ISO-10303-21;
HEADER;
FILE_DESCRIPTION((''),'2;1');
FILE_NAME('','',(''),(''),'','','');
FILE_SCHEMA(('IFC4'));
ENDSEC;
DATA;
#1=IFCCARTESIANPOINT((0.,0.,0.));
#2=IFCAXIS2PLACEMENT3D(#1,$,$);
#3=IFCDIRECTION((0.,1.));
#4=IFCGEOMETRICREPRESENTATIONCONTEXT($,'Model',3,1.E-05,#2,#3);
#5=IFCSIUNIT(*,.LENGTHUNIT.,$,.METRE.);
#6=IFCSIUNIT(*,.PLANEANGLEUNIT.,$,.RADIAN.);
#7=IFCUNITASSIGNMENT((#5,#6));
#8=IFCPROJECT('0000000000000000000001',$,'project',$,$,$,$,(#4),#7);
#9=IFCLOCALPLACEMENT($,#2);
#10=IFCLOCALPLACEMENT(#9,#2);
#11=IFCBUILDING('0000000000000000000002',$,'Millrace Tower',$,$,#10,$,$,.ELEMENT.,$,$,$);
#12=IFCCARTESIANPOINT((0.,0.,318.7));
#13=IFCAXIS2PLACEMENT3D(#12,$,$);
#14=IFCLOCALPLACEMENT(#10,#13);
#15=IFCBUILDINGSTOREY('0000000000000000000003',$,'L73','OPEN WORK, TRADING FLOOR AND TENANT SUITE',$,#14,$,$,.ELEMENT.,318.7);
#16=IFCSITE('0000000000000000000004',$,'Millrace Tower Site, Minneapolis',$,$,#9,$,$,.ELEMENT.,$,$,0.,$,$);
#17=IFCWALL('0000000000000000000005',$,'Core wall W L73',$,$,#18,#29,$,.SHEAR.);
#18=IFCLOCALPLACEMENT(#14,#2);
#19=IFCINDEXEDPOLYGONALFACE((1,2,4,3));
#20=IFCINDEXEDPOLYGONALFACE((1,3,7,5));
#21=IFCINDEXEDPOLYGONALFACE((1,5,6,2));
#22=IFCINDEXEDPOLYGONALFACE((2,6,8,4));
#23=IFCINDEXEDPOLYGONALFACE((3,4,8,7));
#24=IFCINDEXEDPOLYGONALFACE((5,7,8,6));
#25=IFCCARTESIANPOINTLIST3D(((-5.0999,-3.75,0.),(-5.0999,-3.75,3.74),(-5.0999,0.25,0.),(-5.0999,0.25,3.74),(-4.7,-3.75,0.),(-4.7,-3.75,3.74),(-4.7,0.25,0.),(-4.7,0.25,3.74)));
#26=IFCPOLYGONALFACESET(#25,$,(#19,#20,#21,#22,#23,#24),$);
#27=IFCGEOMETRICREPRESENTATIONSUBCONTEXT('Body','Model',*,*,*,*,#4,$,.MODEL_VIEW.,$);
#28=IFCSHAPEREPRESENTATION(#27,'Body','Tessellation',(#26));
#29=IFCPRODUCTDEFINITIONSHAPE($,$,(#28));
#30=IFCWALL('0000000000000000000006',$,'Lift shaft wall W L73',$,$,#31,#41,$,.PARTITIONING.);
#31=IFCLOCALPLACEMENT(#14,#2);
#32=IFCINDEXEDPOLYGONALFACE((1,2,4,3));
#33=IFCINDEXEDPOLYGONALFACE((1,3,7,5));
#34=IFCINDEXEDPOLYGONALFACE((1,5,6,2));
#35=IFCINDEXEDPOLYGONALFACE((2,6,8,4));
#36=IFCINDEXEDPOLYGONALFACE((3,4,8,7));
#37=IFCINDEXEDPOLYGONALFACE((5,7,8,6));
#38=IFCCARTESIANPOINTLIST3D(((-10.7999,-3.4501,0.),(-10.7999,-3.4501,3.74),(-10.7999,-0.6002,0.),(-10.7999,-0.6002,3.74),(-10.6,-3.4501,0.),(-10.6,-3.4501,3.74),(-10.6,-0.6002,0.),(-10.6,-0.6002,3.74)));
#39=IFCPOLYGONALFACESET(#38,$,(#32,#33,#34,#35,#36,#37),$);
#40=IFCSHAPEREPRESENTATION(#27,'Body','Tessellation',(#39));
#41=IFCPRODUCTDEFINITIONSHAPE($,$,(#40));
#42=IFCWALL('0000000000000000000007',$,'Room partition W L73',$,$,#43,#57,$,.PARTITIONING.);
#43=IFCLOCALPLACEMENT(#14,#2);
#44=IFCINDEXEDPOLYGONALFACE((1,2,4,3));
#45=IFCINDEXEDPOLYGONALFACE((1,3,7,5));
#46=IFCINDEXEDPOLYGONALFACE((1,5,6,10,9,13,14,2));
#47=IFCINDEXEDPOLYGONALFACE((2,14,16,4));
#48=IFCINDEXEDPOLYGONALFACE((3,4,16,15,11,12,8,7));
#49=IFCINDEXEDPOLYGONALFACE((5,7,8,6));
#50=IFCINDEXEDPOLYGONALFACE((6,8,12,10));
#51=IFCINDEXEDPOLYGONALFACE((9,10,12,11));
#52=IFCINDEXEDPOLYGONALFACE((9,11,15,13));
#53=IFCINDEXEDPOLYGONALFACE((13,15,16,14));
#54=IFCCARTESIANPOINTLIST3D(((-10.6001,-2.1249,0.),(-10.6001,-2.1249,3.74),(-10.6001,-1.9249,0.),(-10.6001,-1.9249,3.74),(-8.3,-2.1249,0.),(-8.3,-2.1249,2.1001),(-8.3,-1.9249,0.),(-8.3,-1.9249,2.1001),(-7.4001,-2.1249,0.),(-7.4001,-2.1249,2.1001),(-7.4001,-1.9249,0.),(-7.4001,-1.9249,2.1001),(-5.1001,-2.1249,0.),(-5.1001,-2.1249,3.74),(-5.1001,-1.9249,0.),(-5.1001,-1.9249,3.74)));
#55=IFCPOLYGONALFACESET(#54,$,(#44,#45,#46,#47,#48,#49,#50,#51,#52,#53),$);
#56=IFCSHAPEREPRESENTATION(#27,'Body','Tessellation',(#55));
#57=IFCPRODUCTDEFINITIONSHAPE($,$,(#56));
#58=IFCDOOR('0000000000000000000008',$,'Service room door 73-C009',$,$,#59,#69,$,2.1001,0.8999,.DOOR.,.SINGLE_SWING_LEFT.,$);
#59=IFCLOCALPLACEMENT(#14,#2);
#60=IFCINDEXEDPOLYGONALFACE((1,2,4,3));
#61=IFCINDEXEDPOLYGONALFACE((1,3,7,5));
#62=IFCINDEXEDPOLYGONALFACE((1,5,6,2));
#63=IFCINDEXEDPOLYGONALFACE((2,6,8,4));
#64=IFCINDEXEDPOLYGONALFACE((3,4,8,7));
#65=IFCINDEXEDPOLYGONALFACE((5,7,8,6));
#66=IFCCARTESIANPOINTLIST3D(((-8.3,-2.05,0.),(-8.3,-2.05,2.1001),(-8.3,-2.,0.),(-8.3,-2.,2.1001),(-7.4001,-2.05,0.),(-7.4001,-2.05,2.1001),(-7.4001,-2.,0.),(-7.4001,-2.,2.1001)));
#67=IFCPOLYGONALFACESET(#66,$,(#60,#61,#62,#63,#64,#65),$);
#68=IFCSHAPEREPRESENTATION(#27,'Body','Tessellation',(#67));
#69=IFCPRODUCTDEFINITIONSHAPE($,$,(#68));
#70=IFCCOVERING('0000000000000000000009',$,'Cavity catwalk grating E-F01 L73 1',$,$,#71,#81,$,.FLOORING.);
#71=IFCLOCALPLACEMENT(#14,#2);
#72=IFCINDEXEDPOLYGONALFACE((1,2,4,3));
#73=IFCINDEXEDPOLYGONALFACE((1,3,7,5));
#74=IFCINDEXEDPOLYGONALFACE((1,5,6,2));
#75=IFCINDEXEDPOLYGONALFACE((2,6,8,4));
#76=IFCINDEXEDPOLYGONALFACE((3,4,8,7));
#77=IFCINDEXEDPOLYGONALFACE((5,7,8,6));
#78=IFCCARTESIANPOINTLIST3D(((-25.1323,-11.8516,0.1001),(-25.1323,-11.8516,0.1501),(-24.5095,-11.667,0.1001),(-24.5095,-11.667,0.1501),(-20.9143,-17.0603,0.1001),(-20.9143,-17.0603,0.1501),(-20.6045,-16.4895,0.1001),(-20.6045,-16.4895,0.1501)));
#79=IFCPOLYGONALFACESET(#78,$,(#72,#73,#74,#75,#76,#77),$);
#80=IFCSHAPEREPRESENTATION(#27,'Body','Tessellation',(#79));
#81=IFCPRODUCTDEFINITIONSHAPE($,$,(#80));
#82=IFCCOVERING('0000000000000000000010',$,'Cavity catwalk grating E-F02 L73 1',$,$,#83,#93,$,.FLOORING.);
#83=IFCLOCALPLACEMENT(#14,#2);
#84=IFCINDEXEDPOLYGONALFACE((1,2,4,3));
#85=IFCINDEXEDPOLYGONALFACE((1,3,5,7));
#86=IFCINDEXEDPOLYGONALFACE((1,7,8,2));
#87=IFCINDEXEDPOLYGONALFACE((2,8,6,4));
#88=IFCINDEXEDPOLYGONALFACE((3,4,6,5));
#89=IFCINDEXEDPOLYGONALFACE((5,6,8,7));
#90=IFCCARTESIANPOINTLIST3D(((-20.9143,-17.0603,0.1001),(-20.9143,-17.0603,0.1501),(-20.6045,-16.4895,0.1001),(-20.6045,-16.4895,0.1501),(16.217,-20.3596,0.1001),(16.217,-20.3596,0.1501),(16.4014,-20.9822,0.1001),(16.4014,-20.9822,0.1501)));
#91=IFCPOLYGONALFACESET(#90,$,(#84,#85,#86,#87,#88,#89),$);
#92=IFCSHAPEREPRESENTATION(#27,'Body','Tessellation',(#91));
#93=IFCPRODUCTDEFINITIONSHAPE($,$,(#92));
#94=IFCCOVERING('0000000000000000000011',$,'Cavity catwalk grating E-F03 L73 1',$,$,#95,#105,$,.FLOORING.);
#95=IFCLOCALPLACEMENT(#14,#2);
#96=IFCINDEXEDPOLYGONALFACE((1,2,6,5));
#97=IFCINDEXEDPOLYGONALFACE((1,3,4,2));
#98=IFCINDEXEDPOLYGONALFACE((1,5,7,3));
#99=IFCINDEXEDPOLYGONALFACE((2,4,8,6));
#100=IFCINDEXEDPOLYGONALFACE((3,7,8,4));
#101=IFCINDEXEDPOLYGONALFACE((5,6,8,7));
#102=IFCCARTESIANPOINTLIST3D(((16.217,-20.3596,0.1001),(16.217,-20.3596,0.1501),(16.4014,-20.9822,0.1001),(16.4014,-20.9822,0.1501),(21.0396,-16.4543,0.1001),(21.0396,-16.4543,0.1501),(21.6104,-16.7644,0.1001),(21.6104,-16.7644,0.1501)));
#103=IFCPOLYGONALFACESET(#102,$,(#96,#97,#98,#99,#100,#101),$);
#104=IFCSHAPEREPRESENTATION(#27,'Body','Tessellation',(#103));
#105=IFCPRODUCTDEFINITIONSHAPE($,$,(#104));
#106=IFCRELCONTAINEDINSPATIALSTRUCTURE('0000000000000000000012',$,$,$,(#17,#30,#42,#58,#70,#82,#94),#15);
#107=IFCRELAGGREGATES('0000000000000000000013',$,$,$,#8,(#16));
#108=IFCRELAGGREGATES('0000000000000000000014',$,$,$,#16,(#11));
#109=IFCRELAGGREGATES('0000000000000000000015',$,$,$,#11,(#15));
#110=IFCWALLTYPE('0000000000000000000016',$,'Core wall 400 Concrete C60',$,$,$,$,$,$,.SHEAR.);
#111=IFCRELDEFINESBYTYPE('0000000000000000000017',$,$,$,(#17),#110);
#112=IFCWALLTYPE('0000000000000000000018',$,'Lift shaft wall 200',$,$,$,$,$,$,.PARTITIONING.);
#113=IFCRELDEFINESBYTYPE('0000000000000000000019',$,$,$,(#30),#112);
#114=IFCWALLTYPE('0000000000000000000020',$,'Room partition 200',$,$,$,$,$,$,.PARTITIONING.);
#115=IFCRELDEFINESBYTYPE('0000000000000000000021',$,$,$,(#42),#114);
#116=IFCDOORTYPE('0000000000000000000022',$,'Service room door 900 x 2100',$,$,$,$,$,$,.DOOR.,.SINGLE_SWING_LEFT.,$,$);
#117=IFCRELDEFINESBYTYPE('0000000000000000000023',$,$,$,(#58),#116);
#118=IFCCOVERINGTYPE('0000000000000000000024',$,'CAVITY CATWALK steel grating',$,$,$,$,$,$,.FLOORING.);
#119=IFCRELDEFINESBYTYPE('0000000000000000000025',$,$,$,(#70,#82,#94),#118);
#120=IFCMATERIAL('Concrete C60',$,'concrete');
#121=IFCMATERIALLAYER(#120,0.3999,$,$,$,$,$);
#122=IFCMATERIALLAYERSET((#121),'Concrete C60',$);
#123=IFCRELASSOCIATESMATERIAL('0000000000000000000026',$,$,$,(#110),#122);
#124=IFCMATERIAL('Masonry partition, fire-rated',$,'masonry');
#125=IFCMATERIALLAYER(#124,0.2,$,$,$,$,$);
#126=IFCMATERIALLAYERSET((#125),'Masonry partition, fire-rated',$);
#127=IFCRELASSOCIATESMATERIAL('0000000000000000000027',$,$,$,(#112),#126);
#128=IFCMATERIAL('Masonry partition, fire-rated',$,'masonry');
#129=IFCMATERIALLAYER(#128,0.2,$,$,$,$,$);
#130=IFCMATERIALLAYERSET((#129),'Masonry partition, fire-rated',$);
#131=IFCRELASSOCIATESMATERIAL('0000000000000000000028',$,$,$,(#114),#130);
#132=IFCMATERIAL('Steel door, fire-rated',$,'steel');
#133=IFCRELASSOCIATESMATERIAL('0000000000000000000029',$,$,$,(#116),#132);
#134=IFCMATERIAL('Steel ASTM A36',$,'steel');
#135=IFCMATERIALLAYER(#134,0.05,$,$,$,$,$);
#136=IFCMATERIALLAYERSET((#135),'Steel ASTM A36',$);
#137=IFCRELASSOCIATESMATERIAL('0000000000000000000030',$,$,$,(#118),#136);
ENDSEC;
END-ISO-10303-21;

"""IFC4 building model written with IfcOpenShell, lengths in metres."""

from ifc_helpers import new_model, si_unit, direction, frame, frame_2d, origin, place, context, subcontext, project, spatial, polyline, rectangle, outline, extrude, material, layer, layer_set, type_object, element, fill, save


model = new_model("IFC4")

# Units and contexts
model_context = context("Model", 3, precision=1e-05, world=origin(), true_north=direction((0.0, 1.0)))
body_context = subcontext(model_context, "Body", "Model", "MODEL_VIEW")
ifc_project = project(units=[si_unit("LENGTHUNIT", "METRE"), si_unit("PLANEANGLEUNIT", "RADIAN")], contexts=[model_context])

# Site, building, storey
site_placement = place(None, origin())
site = spatial("IfcSite", under=ifc_project, at=site_placement, Name="Millrace Tower Site, Minneapolis", CompositionType="ELEMENT", RefElevation=0.0)
building_placement = place(site_placement, origin())
building = spatial("IfcBuilding", under=site, at=building_placement, Name="Millrace Tower", CompositionType="ELEMENT")
storey_placement = place(building_placement, frame((0.0, 0.0, 318.7)))
storey = spatial("IfcBuildingStorey", under=building, at=storey_placement, Name="L73", Description="OPEN WORK, TRADING FLOOR AND TENANT SUITE", CompositionType="ELEMENT", Elevation=318.7)

# Walls
ifc_material_1 = material(Name="Concrete C60", Category="concrete")
ifc_layer_1 = layer(ifc_material_1, 0.3999)
ifc_layer_set_1 = layer_set([ifc_layer_1], Name="Concrete C60")
wall_type_1 = type_object("IfcWallType", Name="Core wall 400 Concrete C60", PredefinedType="SHEAR", material=ifc_layer_set_1)
wall_1_placement = place(storey_placement, frame((-4.8999, -3.75, 0.0), z_axis=(0.0, 0.0, 1.0), x_axis=(0.0, 1.0, 0.0)))
element("IfcWall", 1, at=wall_1_placement, inside=storey, type_object=wall_type_1, Name="Core wall W L73", PredefinedType="SHEAR", context=body_context, shape_type="SweptSolid", body=[
    extrude(rectangle(XDim=4.0, YDim=0.3999, at=frame_2d((2.0, 0.0))), origin(), (0.0, 0.0, 1.0), 3.74),
])
ifc_material_2 = material(Name="Masonry partition, fire-rated", Category="masonry")
ifc_layer_2 = layer(ifc_material_2, 0.2)
ifc_layer_set_2 = layer_set([ifc_layer_2], Name="Masonry partition, fire-rated")
wall_type_2 = type_object("IfcWallType", Name="Lift shaft wall 200", PredefinedType="PARTITIONING", material=ifc_layer_set_2)
wall_2_placement = place(storey_placement, frame((-10.7, -3.45, 0.0), z_axis=(0.0, 0.0, 1.0), x_axis=(0.0, 1.0, 0.0)))
element("IfcWall", 2, at=wall_2_placement, inside=storey, type_object=wall_type_2, Name="Lift shaft wall W L73", PredefinedType="PARTITIONING", context=body_context, shape_type="SweptSolid", body=[
    extrude(rectangle(XDim=2.8499, YDim=0.2, at=frame_2d((1.4248, 0.0))), origin(), (0.0, 0.0, 1.0), 3.74),
])

# Wall, opening, door
ifc_material_3 = material(Name="Masonry partition, fire-rated", Category="masonry")
ifc_layer_3 = layer(ifc_material_3, 0.2)
ifc_layer_set_3 = layer_set([ifc_layer_3], Name="Masonry partition, fire-rated")
wall_type_3 = type_object("IfcWallType", Name="Room partition 200", PredefinedType="PARTITIONING", material=ifc_layer_set_3)
wall_3_placement = place(storey_placement, frame((-10.6001, -2.0249, 0.0), z_axis=(0.0, 0.0, 1.0), x_axis=(1.0, 0.0, 0.0)))
wall_3 = element("IfcWall", 3, at=wall_3_placement, inside=storey, type_object=wall_type_3, Name="Room partition W L73", PredefinedType="PARTITIONING", context=body_context, shape_type="SweptSolid", body=[
    extrude(rectangle(XDim=5.5, YDim=0.2, at=frame_2d((2.75, 0.0))), origin(), (0.0, 0.0, 1.0), 3.74),
])
opening_placement = place(wall_3_placement, frame((2.3, 0.0, 0.0)))
opening = element("IfcOpeningElement", 4, at=opening_placement, cuts=wall_3, PredefinedType="OPENING", context=body_context, shape_type="SweptSolid", body=[
    extrude(rectangle(XDim=0.8999, YDim=2.1001, at=frame_2d((0.45, 1.05))), frame((0.0, 0.1099, 0.0), z_axis=(0.0, -1.0, 0.0), x_axis=(1.0, 0.0, 0.0)), (0.0, 0.0, 1.0), 0.22),
])
ifc_material_4 = material(Name="Steel door, fire-rated", Category="steel")
door_type = type_object("IfcDoorType", Name="Service room door 900 x 2100", OperationType="SINGLE_SWING_LEFT", PredefinedType="DOOR", material=ifc_material_4)
door_placement = place(opening_placement, origin())
door = element("IfcDoor", 5, at=door_placement, inside=storey, type_object=door_type, Name="Service room door 73-C009", OperationType="SINGLE_SWING_LEFT", OverallHeight=2.1001, OverallWidth=0.8999, PredefinedType="DOOR", context=body_context, shape_type="SweptSolid", body=[
    extrude(rectangle(XDim=0.8999, YDim=2.1001, at=frame_2d((0.45, 1.05))), frame((0.0, 0.0249, 0.0), z_axis=(0.0, -1.0, 0.0), x_axis=(1.0, 0.0, 0.0)), (0.0, 0.0, 1.0), 0.05),
])
fill(opening, door)

# Coverings
ifc_material_5 = material(Name="Steel ASTM A36", Category="steel")
ifc_layer_4 = layer(ifc_material_5, 0.05)
ifc_layer_set_4 = layer_set([ifc_layer_4], Name="Steel ASTM A36")
covering_type = type_object("IfcCoveringType", Name="CAVITY CATWALK steel grating", PredefinedType="FLOORING", material=ifc_layer_set_4)
placement_1 = place(storey_placement, frame((0.0, 0.0, 0.1001)))
element("IfcCovering", 6, at=placement_1, inside=storey, type_object=covering_type, Name="Cavity catwalk grating E-F01 L73 1", PredefinedType="FLOORING", context=body_context, shape_type="SweptSolid", body=[
    extrude(outline(polyline([(-25.1323, -11.8516), (-20.9143, -17.0603), (-20.6045, -16.4895), (-24.5095, -11.667), (-25.1323, -11.8516)])), origin(), (0.0, 0.0, 1.0), 0.05),
])
element("IfcCovering", 7, at=placement_1, inside=storey, type_object=covering_type, Name="Cavity catwalk grating E-F02 L73 1", PredefinedType="FLOORING", context=body_context, shape_type="SweptSolid", body=[
    extrude(outline(polyline([(-20.9143, -17.0603), (16.4014, -20.9822), (16.217, -20.3596), (-20.6045, -16.4895), (-20.9143, -17.0603)])), origin(), (0.0, 0.0, 1.0), 0.05),
])
element("IfcCovering", 8, at=placement_1, inside=storey, type_object=covering_type, Name="Cavity catwalk grating E-F03 L73 1", PredefinedType="FLOORING", context=body_context, shape_type="SweptSolid", body=[
    extrude(outline(polyline([(16.4014, -20.9822), (21.6104, -16.7644), (21.0396, -16.4543), (16.217, -20.3596), (16.4014, -20.9822)])), origin(), (0.0, 0.0, 1.0), 0.05),
])

save(model, "model.ifc")
